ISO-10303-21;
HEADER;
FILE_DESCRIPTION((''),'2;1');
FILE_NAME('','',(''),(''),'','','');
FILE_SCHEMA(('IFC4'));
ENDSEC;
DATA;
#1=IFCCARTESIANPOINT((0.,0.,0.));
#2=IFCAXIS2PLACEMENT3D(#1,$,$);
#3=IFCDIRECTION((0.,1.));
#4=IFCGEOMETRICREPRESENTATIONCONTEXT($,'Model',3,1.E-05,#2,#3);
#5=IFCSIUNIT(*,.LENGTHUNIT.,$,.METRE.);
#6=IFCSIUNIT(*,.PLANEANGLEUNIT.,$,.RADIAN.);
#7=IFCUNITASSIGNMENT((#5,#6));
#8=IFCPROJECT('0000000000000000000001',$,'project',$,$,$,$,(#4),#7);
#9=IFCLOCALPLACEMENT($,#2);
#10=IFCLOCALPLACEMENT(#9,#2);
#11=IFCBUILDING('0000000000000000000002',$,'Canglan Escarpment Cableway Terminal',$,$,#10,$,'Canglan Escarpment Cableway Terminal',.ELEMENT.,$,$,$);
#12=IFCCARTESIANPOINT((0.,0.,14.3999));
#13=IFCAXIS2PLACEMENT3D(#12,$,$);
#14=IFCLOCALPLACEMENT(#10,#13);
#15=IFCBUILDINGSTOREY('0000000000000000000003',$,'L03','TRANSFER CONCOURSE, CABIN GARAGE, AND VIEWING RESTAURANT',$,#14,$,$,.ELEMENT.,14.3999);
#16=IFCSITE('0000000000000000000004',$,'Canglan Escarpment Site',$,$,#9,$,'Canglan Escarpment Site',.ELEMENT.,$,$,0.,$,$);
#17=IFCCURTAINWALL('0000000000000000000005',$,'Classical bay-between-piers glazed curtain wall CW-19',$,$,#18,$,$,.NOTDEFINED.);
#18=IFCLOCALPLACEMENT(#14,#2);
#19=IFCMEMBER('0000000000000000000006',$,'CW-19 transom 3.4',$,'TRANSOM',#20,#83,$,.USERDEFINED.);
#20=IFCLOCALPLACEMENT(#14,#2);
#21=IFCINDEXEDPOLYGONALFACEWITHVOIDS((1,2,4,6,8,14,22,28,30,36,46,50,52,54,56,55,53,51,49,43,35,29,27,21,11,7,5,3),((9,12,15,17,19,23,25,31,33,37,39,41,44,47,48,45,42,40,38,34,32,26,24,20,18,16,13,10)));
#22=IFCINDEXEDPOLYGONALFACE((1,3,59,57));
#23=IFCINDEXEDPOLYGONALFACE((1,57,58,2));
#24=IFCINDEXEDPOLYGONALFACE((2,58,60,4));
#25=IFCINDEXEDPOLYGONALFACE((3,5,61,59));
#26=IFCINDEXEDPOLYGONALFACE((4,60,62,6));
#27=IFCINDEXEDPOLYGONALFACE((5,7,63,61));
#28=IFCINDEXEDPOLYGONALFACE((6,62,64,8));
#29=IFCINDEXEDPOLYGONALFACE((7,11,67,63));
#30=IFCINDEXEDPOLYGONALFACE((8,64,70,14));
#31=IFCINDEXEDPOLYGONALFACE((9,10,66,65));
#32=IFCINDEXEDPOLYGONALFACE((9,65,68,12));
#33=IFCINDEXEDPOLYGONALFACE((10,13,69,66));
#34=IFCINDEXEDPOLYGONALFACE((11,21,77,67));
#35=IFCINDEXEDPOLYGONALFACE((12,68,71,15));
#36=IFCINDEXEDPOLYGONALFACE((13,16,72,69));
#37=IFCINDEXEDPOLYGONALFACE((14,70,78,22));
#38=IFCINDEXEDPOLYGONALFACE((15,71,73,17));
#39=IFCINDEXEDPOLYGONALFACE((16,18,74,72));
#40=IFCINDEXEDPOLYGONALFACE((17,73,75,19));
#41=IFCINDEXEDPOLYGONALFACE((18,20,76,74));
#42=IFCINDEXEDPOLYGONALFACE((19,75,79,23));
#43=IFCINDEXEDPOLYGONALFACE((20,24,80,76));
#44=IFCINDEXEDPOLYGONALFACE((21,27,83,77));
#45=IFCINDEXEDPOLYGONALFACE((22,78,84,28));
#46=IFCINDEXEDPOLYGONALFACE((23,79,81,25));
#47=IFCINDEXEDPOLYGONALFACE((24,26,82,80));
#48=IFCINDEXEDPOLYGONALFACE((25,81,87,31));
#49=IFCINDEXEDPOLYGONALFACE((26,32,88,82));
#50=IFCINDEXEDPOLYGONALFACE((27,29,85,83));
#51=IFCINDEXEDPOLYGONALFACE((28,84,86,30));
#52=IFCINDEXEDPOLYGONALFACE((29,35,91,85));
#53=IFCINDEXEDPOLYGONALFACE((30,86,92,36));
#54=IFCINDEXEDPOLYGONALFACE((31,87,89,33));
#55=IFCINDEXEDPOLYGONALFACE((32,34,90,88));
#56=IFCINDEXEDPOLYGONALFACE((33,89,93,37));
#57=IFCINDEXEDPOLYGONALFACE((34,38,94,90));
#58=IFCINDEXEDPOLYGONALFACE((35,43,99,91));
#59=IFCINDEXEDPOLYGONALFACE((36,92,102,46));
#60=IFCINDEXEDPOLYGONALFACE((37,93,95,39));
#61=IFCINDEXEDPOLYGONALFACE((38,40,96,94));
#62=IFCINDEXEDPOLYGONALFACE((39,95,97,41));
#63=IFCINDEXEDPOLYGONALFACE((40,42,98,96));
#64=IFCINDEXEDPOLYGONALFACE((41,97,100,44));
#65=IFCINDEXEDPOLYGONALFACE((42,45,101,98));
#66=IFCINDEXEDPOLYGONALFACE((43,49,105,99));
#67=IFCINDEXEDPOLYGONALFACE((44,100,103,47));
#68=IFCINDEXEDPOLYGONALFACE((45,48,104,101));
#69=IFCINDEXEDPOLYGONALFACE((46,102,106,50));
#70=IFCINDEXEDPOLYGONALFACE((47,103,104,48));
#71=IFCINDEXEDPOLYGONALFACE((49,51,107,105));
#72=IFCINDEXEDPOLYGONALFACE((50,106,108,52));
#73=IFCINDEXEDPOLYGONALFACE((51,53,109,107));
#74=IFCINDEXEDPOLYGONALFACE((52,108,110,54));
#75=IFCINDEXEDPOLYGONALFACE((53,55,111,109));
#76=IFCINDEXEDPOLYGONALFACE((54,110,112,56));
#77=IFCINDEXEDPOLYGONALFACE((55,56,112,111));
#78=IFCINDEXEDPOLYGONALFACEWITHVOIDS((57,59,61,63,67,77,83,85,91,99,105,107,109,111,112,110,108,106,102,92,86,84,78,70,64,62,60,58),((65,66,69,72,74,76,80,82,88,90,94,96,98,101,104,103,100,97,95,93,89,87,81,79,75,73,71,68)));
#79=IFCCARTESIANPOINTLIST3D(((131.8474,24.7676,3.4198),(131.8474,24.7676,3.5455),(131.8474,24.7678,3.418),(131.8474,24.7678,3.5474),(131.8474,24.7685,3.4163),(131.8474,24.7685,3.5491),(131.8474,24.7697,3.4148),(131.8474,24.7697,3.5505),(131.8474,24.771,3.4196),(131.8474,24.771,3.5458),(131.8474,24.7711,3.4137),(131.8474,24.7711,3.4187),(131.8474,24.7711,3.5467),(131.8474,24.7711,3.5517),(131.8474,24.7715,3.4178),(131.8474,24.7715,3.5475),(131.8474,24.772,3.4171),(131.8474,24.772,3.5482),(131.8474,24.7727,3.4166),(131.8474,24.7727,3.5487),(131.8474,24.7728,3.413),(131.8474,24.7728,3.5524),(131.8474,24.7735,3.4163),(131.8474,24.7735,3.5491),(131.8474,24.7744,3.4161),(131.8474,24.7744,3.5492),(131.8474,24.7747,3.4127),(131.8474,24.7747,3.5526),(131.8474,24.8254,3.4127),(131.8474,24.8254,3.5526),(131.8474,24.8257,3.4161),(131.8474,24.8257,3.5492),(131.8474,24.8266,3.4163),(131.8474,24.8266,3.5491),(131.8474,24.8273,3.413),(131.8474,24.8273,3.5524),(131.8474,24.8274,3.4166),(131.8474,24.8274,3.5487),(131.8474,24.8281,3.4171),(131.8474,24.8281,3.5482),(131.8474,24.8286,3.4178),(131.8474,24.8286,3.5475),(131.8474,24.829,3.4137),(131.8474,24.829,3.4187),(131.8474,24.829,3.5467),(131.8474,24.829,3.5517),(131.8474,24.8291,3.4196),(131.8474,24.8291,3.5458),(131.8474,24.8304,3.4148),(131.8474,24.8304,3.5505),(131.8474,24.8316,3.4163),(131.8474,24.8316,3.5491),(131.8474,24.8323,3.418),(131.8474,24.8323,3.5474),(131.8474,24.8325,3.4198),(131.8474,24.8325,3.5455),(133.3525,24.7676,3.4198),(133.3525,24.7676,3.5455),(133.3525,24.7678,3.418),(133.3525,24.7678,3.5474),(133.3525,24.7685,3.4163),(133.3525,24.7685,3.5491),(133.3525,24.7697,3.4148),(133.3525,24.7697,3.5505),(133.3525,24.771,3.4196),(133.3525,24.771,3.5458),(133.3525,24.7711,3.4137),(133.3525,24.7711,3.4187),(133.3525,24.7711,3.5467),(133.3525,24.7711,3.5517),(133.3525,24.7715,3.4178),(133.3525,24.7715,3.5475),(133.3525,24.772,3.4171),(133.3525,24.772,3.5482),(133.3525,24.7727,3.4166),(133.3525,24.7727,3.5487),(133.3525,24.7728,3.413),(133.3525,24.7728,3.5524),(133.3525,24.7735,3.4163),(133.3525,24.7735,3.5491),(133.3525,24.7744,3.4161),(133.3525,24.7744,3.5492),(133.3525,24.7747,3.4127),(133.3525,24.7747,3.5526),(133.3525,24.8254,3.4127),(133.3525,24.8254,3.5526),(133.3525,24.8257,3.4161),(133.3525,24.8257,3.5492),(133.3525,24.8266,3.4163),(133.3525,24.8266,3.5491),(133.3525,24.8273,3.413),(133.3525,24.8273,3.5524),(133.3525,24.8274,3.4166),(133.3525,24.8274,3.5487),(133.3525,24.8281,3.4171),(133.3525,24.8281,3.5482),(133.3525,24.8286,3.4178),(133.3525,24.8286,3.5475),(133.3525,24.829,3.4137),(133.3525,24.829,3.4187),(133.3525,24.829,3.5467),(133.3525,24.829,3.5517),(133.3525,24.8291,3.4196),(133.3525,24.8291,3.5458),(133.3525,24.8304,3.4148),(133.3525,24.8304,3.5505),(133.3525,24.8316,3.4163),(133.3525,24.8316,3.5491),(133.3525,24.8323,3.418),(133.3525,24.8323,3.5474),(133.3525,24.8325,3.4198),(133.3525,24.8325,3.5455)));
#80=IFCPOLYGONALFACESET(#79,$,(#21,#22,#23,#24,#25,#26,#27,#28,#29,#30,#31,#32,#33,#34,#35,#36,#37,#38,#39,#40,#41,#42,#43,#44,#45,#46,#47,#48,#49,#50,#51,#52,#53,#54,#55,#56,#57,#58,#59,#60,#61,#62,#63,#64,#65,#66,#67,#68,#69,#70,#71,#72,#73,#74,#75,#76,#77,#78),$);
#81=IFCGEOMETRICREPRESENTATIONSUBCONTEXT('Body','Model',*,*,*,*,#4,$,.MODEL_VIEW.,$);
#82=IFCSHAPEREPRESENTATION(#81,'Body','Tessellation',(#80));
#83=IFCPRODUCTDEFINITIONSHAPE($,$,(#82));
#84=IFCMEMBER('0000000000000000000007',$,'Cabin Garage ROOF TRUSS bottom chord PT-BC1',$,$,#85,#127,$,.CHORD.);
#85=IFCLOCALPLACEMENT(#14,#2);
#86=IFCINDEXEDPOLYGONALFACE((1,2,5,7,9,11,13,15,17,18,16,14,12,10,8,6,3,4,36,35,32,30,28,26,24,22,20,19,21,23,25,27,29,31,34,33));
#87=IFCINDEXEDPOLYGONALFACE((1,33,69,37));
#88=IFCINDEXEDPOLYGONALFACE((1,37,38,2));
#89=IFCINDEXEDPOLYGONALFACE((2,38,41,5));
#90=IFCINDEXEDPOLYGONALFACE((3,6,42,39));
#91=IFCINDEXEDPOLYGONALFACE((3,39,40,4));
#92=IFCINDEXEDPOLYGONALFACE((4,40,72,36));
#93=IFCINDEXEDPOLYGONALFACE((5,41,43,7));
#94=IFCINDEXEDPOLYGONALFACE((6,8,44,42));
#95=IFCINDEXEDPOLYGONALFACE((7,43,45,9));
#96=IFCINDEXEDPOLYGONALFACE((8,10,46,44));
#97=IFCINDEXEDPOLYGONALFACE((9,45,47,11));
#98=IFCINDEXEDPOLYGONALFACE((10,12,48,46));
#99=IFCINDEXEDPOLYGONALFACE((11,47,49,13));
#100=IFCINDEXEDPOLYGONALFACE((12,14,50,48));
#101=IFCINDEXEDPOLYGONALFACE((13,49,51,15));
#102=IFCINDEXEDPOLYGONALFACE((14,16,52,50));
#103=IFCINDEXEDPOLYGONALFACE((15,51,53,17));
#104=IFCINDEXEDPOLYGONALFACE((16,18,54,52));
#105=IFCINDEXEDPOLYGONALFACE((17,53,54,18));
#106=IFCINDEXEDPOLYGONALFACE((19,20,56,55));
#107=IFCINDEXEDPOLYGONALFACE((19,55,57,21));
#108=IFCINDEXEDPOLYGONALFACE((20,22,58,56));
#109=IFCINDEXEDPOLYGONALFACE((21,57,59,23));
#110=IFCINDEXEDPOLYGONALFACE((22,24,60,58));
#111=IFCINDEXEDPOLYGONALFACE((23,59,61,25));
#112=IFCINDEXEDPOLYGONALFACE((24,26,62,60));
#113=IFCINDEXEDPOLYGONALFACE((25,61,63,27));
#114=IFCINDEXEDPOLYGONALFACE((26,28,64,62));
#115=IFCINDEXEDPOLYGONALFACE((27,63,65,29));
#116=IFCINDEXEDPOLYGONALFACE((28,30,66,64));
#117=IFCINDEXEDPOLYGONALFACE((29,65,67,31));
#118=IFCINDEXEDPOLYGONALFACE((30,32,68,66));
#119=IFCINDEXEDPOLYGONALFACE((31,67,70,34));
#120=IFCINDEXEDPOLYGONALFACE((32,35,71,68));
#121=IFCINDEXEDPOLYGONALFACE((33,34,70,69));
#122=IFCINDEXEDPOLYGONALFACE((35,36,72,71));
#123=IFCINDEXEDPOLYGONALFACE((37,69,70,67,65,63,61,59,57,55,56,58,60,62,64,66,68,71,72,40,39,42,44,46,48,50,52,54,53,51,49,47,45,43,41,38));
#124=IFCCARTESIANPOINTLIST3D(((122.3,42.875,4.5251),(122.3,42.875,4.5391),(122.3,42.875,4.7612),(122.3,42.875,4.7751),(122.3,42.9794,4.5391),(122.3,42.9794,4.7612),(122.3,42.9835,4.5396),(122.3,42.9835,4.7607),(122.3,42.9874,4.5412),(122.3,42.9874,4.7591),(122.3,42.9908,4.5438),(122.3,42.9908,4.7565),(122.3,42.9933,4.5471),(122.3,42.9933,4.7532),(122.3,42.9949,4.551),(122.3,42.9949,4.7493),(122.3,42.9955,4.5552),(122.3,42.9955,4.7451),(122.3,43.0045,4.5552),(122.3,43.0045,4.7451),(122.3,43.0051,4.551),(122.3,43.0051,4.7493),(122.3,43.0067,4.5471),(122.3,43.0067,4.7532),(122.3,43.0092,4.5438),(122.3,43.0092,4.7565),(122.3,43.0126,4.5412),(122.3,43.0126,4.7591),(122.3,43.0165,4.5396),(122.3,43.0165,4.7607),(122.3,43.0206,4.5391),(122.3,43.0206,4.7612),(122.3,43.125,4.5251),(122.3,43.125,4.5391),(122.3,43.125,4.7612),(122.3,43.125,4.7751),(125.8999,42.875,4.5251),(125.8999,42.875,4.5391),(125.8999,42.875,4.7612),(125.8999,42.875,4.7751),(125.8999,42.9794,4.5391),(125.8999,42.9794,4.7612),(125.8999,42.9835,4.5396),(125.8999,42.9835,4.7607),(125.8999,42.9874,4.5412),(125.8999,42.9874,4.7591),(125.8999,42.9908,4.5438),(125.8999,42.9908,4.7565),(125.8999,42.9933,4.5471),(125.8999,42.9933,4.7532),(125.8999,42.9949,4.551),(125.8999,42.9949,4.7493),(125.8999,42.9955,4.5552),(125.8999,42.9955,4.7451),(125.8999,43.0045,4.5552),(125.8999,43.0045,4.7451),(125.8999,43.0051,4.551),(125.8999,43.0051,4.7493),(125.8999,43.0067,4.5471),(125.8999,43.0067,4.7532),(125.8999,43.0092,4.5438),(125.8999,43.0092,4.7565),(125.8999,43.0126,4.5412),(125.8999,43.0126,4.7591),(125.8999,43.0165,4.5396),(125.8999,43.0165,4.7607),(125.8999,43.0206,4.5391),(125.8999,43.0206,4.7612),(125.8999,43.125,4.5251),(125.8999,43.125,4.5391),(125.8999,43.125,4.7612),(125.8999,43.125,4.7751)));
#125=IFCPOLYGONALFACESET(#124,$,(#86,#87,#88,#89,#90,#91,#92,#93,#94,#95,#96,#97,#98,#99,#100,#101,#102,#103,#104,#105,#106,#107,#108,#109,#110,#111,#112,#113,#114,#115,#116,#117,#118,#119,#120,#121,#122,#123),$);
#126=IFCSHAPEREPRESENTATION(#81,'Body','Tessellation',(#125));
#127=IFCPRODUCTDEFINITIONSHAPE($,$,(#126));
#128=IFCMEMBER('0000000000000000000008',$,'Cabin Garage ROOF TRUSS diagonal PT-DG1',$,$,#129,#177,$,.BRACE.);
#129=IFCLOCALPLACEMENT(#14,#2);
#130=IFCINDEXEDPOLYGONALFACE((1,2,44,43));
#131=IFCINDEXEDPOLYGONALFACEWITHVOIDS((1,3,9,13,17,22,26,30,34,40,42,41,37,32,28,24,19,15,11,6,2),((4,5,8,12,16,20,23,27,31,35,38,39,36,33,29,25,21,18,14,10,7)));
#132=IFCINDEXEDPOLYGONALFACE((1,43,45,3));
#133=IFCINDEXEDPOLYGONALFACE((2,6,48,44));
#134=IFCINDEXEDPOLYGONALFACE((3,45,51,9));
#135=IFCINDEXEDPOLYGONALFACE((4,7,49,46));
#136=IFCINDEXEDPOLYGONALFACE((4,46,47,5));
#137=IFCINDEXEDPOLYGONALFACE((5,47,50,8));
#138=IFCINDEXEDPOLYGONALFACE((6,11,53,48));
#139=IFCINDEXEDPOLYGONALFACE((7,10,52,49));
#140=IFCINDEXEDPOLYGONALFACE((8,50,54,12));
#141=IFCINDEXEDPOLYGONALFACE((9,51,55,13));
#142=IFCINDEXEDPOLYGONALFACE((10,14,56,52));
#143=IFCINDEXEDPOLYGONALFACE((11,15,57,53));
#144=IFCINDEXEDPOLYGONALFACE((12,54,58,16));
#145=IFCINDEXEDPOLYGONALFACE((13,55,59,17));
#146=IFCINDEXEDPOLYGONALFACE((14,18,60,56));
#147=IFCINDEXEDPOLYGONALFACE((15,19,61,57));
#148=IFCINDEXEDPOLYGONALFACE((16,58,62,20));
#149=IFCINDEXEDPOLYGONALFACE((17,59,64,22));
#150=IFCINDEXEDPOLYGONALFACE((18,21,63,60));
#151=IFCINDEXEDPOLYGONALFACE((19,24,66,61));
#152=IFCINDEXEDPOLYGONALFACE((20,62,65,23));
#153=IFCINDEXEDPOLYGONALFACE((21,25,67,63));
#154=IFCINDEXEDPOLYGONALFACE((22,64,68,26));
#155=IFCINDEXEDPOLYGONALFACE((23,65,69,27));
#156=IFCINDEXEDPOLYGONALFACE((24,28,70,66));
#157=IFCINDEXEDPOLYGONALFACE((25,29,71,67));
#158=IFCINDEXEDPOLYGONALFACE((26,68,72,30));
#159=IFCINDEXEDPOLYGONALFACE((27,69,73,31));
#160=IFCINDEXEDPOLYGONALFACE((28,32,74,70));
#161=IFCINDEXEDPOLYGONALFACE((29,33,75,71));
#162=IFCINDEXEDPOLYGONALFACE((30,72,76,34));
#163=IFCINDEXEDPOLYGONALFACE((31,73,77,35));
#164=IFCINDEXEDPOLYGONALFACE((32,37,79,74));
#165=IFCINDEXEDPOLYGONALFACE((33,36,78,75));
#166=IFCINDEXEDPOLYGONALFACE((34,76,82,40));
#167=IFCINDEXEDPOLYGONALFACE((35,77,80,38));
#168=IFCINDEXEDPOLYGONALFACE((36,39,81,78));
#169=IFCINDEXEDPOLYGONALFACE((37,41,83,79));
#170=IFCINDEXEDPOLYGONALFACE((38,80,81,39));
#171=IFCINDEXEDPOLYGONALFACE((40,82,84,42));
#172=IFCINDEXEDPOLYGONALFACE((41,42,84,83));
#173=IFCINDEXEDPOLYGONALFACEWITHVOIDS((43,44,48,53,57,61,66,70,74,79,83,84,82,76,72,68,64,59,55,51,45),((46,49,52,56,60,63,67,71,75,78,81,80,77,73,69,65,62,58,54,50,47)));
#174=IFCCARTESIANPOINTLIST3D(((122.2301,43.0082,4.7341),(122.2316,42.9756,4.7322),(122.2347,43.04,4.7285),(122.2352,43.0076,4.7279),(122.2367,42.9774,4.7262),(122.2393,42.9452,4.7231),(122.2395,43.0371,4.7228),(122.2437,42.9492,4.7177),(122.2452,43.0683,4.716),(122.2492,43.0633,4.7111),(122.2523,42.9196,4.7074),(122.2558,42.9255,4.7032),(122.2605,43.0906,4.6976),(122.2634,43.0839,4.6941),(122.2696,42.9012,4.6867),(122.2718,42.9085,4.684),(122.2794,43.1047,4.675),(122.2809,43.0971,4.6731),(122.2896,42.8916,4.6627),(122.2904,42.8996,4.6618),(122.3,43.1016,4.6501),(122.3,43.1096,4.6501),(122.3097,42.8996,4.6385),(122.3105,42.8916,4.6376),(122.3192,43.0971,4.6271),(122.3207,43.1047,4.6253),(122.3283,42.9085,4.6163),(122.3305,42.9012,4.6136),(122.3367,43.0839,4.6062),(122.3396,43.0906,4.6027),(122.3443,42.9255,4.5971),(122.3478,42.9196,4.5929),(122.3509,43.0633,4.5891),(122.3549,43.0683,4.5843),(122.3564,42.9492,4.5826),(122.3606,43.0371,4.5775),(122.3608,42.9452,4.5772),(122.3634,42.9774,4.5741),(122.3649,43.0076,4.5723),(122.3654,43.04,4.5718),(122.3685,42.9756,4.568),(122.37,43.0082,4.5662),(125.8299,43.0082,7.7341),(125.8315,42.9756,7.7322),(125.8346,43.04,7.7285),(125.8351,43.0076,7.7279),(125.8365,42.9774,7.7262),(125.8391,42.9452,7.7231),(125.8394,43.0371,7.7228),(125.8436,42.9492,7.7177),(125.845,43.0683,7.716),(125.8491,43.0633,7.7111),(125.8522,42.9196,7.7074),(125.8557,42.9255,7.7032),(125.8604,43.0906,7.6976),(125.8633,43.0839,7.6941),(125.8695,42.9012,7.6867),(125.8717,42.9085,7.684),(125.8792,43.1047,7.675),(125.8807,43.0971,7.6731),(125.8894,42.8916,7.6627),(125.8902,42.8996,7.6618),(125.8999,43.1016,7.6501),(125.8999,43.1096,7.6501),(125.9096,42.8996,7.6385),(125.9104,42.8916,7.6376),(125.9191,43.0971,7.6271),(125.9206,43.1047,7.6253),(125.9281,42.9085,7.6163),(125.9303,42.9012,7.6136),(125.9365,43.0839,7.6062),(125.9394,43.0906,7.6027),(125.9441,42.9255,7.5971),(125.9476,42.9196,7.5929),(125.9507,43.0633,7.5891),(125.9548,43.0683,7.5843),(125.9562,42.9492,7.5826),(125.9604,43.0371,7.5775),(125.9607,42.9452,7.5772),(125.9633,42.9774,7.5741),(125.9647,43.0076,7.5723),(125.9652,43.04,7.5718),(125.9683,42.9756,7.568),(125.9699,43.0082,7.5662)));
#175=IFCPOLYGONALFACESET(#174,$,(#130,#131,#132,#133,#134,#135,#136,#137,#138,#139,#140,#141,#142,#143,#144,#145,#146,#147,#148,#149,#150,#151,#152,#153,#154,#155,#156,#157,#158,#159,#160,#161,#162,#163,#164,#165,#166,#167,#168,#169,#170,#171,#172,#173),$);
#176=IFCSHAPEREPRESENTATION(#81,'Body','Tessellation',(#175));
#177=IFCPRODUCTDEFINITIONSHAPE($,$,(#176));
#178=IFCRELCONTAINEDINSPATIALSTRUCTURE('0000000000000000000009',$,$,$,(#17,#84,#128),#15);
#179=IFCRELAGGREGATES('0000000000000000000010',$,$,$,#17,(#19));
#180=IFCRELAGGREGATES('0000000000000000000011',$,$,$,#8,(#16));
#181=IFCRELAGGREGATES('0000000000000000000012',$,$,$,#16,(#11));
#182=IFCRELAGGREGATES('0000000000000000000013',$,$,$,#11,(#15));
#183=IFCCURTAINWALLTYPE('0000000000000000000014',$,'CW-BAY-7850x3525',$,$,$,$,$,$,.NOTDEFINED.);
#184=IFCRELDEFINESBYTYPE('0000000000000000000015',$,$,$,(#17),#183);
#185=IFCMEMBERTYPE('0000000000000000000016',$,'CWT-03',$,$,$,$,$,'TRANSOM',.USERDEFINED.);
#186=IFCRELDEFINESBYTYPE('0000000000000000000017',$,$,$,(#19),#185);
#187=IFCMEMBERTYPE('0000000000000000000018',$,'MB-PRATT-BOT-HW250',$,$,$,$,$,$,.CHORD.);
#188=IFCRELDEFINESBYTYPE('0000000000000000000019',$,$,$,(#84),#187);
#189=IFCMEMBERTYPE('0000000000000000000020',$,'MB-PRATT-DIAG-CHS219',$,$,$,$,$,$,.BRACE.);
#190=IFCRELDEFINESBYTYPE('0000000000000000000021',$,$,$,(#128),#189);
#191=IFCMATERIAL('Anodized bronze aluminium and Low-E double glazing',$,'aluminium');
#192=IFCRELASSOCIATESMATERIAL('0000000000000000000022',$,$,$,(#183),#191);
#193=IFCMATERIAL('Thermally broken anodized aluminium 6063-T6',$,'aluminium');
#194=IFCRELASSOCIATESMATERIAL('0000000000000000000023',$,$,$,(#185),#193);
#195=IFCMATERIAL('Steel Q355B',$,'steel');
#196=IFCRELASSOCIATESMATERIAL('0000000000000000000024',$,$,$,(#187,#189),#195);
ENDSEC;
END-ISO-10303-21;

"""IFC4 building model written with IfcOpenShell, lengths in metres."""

from ifc_helpers import new_model, si_unit, direction, frame, origin, origin_2d, place, context, subcontext, project, spatial, hollow_rectangle, hollow_circle, i_section, extrude, material, material_profile, profile_set, type_object, element, aggregate, save


model = new_model("IFC4")

# Units and contexts
model_context = context("Model", 3, precision=1e-05, world=origin(), true_north=direction((0.0, 1.0)))
body_context = subcontext(model_context, "Body", "Model", "MODEL_VIEW")
ifc_project = project(units=[si_unit("LENGTHUNIT", "METRE"), si_unit("PLANEANGLEUNIT", "RADIAN")], contexts=[model_context])

# Site, building, storey
site_placement = place(None, origin())
site = spatial("IfcSite", under=ifc_project, at=site_placement, Name="Canglan Escarpment Site", LongName="Canglan Escarpment Site", CompositionType="ELEMENT", RefElevation=0.0)
building_placement = place(site_placement, origin())
building = spatial("IfcBuilding", under=site, at=building_placement, Name="Canglan Escarpment Cableway Terminal", LongName="Canglan Escarpment Cableway Terminal", CompositionType="ELEMENT")
storey_placement = place(building_placement, frame((0.0, 0.0, 14.3999)))
storey = spatial("IfcBuildingStorey", under=building, at=storey_placement, Name="L03", Description="TRANSFER CONCOURSE, CABIN GARAGE, AND VIEWING RESTAURANT", CompositionType="ELEMENT", Elevation=14.3999)

# Shared definitions
ifc_material_1 = material(Name="Steel Q355B", Category="steel")

# Curtain wall, member
ifc_material_2 = material(Name="Anodized bronze aluminium and Low-E double glazing", Category="aluminium")
curtain_wall_type = type_object("IfcCurtainWallType", Name="CW-BAY-7850x3525", PredefinedType="NOTDEFINED", material=ifc_material_2)
curtain_wall_placement = place(storey_placement, origin())
curtain_wall = element("IfcCurtainWall", 1, at=curtain_wall_placement, inside=storey, type_object=curtain_wall_type, Name="Classical bay-between-piers glazed curtain wall CW-19", PredefinedType="NOTDEFINED")
ifc_material_3 = material(Name="Thermally broken anodized aluminium 6063-T6", Category="aluminium")
ifc_material_profile_1 = material_profile(ifc_material_3, hollow_rectangle(XDim=0.0649, YDim=0.1399, WallThickness=0.0034, InnerFilletRadius=0.0034, OuterFilletRadius=0.0071, at=origin_2d()), Name="ALU-TRAN 65x140x3.5")
ifc_profile_set_1 = profile_set([ifc_material_profile_1], Name="Thermally broken anodized aluminium 6063-T6")
member_type_1 = type_object("IfcMemberType", Name="CWT-03", ElementType="TRANSOM", PredefinedType="USERDEFINED", material=ifc_profile_set_1)
member_1_placement = place(storey_placement, frame((133.3525, 24.8, 3.4827), z_axis=(-1.0, 0.0, 0.0), x_axis=(0.0, -1.0, 0.0)))
member_1 = element("IfcMember", 2, at=member_1_placement, type_object=member_type_1, Name="CW-19 transom 3.4", ObjectType="TRANSOM", PredefinedType="USERDEFINED", context=body_context, shape_type="SweptSolid", body=[
    extrude(hollow_rectangle(XDim=0.0649, YDim=0.1399, WallThickness=0.0034, InnerFilletRadius=0.0034, OuterFilletRadius=0.0071, at=origin_2d()), origin(), (0.0, 0.0, 1.0), 1.5051),
])

# Members
ifc_material_profile_2 = material_profile(ifc_material_1, i_section(OverallWidth=0.25, OverallDepth=0.25, WebThickness=0.009, FlangeThickness=0.0139, FilletRadius=0.0161, at=origin_2d()), Name="HW 250x250x9x14")
ifc_profile_set_2 = profile_set([ifc_material_profile_2], Name="Steel Q355B")
member_type_2 = type_object("IfcMemberType", Name="MB-PRATT-BOT-HW250", PredefinedType="CHORD", material=ifc_profile_set_2)
member_2_placement = place(storey_placement, frame((122.3, 43.0, 4.6501), z_axis=(1.0, 0.0, 0.0), x_axis=(0.0, 1.0, 0.0)))
element("IfcMember", 3, at=member_2_placement, inside=storey, type_object=member_type_2, Name="Cabin Garage ROOF TRUSS bottom chord PT-BC1", PredefinedType="CHORD", context=body_context, shape_type="SweptSolid", body=[
    extrude(i_section(OverallWidth=0.25, OverallDepth=0.25, WebThickness=0.009, FlangeThickness=0.0139, FilletRadius=0.0161, at=origin_2d()), origin(), (0.0, 0.0, 1.0), 3.5999),
])
ifc_material_profile_3 = material_profile(ifc_material_1, hollow_circle(Radius=0.1096, WallThickness=0.0081, at=origin_2d()), Name="CHS 219.1x8")
ifc_profile_set_3 = profile_set([ifc_material_profile_3], Name="Steel Q355B")
member_type_3 = type_object("IfcMemberType", Name="MB-PRATT-DIAG-CHS219", PredefinedType="BRACE", material=ifc_profile_set_3)
member_3_placement = place(storey_placement, frame((122.3, 43.0, 4.6501), z_axis=(0.768208, 0.0, 0.6402), x_axis=(0.0, 1.0, 0.0)))
element("IfcMember", 4, at=member_3_placement, inside=storey, type_object=member_type_3, Name="Cabin Garage ROOF TRUSS diagonal PT-DG1", PredefinedType="BRACE", context=body_context, shape_type="SweptSolid", body=[
    extrude(hollow_circle(Radius=0.1096, WallThickness=0.0081, at=origin_2d()), origin(), (0.0, 0.0, 1.0), 4.686),
])

aggregate(curtain_wall, [member_1])

save(model, "model.ifc")
